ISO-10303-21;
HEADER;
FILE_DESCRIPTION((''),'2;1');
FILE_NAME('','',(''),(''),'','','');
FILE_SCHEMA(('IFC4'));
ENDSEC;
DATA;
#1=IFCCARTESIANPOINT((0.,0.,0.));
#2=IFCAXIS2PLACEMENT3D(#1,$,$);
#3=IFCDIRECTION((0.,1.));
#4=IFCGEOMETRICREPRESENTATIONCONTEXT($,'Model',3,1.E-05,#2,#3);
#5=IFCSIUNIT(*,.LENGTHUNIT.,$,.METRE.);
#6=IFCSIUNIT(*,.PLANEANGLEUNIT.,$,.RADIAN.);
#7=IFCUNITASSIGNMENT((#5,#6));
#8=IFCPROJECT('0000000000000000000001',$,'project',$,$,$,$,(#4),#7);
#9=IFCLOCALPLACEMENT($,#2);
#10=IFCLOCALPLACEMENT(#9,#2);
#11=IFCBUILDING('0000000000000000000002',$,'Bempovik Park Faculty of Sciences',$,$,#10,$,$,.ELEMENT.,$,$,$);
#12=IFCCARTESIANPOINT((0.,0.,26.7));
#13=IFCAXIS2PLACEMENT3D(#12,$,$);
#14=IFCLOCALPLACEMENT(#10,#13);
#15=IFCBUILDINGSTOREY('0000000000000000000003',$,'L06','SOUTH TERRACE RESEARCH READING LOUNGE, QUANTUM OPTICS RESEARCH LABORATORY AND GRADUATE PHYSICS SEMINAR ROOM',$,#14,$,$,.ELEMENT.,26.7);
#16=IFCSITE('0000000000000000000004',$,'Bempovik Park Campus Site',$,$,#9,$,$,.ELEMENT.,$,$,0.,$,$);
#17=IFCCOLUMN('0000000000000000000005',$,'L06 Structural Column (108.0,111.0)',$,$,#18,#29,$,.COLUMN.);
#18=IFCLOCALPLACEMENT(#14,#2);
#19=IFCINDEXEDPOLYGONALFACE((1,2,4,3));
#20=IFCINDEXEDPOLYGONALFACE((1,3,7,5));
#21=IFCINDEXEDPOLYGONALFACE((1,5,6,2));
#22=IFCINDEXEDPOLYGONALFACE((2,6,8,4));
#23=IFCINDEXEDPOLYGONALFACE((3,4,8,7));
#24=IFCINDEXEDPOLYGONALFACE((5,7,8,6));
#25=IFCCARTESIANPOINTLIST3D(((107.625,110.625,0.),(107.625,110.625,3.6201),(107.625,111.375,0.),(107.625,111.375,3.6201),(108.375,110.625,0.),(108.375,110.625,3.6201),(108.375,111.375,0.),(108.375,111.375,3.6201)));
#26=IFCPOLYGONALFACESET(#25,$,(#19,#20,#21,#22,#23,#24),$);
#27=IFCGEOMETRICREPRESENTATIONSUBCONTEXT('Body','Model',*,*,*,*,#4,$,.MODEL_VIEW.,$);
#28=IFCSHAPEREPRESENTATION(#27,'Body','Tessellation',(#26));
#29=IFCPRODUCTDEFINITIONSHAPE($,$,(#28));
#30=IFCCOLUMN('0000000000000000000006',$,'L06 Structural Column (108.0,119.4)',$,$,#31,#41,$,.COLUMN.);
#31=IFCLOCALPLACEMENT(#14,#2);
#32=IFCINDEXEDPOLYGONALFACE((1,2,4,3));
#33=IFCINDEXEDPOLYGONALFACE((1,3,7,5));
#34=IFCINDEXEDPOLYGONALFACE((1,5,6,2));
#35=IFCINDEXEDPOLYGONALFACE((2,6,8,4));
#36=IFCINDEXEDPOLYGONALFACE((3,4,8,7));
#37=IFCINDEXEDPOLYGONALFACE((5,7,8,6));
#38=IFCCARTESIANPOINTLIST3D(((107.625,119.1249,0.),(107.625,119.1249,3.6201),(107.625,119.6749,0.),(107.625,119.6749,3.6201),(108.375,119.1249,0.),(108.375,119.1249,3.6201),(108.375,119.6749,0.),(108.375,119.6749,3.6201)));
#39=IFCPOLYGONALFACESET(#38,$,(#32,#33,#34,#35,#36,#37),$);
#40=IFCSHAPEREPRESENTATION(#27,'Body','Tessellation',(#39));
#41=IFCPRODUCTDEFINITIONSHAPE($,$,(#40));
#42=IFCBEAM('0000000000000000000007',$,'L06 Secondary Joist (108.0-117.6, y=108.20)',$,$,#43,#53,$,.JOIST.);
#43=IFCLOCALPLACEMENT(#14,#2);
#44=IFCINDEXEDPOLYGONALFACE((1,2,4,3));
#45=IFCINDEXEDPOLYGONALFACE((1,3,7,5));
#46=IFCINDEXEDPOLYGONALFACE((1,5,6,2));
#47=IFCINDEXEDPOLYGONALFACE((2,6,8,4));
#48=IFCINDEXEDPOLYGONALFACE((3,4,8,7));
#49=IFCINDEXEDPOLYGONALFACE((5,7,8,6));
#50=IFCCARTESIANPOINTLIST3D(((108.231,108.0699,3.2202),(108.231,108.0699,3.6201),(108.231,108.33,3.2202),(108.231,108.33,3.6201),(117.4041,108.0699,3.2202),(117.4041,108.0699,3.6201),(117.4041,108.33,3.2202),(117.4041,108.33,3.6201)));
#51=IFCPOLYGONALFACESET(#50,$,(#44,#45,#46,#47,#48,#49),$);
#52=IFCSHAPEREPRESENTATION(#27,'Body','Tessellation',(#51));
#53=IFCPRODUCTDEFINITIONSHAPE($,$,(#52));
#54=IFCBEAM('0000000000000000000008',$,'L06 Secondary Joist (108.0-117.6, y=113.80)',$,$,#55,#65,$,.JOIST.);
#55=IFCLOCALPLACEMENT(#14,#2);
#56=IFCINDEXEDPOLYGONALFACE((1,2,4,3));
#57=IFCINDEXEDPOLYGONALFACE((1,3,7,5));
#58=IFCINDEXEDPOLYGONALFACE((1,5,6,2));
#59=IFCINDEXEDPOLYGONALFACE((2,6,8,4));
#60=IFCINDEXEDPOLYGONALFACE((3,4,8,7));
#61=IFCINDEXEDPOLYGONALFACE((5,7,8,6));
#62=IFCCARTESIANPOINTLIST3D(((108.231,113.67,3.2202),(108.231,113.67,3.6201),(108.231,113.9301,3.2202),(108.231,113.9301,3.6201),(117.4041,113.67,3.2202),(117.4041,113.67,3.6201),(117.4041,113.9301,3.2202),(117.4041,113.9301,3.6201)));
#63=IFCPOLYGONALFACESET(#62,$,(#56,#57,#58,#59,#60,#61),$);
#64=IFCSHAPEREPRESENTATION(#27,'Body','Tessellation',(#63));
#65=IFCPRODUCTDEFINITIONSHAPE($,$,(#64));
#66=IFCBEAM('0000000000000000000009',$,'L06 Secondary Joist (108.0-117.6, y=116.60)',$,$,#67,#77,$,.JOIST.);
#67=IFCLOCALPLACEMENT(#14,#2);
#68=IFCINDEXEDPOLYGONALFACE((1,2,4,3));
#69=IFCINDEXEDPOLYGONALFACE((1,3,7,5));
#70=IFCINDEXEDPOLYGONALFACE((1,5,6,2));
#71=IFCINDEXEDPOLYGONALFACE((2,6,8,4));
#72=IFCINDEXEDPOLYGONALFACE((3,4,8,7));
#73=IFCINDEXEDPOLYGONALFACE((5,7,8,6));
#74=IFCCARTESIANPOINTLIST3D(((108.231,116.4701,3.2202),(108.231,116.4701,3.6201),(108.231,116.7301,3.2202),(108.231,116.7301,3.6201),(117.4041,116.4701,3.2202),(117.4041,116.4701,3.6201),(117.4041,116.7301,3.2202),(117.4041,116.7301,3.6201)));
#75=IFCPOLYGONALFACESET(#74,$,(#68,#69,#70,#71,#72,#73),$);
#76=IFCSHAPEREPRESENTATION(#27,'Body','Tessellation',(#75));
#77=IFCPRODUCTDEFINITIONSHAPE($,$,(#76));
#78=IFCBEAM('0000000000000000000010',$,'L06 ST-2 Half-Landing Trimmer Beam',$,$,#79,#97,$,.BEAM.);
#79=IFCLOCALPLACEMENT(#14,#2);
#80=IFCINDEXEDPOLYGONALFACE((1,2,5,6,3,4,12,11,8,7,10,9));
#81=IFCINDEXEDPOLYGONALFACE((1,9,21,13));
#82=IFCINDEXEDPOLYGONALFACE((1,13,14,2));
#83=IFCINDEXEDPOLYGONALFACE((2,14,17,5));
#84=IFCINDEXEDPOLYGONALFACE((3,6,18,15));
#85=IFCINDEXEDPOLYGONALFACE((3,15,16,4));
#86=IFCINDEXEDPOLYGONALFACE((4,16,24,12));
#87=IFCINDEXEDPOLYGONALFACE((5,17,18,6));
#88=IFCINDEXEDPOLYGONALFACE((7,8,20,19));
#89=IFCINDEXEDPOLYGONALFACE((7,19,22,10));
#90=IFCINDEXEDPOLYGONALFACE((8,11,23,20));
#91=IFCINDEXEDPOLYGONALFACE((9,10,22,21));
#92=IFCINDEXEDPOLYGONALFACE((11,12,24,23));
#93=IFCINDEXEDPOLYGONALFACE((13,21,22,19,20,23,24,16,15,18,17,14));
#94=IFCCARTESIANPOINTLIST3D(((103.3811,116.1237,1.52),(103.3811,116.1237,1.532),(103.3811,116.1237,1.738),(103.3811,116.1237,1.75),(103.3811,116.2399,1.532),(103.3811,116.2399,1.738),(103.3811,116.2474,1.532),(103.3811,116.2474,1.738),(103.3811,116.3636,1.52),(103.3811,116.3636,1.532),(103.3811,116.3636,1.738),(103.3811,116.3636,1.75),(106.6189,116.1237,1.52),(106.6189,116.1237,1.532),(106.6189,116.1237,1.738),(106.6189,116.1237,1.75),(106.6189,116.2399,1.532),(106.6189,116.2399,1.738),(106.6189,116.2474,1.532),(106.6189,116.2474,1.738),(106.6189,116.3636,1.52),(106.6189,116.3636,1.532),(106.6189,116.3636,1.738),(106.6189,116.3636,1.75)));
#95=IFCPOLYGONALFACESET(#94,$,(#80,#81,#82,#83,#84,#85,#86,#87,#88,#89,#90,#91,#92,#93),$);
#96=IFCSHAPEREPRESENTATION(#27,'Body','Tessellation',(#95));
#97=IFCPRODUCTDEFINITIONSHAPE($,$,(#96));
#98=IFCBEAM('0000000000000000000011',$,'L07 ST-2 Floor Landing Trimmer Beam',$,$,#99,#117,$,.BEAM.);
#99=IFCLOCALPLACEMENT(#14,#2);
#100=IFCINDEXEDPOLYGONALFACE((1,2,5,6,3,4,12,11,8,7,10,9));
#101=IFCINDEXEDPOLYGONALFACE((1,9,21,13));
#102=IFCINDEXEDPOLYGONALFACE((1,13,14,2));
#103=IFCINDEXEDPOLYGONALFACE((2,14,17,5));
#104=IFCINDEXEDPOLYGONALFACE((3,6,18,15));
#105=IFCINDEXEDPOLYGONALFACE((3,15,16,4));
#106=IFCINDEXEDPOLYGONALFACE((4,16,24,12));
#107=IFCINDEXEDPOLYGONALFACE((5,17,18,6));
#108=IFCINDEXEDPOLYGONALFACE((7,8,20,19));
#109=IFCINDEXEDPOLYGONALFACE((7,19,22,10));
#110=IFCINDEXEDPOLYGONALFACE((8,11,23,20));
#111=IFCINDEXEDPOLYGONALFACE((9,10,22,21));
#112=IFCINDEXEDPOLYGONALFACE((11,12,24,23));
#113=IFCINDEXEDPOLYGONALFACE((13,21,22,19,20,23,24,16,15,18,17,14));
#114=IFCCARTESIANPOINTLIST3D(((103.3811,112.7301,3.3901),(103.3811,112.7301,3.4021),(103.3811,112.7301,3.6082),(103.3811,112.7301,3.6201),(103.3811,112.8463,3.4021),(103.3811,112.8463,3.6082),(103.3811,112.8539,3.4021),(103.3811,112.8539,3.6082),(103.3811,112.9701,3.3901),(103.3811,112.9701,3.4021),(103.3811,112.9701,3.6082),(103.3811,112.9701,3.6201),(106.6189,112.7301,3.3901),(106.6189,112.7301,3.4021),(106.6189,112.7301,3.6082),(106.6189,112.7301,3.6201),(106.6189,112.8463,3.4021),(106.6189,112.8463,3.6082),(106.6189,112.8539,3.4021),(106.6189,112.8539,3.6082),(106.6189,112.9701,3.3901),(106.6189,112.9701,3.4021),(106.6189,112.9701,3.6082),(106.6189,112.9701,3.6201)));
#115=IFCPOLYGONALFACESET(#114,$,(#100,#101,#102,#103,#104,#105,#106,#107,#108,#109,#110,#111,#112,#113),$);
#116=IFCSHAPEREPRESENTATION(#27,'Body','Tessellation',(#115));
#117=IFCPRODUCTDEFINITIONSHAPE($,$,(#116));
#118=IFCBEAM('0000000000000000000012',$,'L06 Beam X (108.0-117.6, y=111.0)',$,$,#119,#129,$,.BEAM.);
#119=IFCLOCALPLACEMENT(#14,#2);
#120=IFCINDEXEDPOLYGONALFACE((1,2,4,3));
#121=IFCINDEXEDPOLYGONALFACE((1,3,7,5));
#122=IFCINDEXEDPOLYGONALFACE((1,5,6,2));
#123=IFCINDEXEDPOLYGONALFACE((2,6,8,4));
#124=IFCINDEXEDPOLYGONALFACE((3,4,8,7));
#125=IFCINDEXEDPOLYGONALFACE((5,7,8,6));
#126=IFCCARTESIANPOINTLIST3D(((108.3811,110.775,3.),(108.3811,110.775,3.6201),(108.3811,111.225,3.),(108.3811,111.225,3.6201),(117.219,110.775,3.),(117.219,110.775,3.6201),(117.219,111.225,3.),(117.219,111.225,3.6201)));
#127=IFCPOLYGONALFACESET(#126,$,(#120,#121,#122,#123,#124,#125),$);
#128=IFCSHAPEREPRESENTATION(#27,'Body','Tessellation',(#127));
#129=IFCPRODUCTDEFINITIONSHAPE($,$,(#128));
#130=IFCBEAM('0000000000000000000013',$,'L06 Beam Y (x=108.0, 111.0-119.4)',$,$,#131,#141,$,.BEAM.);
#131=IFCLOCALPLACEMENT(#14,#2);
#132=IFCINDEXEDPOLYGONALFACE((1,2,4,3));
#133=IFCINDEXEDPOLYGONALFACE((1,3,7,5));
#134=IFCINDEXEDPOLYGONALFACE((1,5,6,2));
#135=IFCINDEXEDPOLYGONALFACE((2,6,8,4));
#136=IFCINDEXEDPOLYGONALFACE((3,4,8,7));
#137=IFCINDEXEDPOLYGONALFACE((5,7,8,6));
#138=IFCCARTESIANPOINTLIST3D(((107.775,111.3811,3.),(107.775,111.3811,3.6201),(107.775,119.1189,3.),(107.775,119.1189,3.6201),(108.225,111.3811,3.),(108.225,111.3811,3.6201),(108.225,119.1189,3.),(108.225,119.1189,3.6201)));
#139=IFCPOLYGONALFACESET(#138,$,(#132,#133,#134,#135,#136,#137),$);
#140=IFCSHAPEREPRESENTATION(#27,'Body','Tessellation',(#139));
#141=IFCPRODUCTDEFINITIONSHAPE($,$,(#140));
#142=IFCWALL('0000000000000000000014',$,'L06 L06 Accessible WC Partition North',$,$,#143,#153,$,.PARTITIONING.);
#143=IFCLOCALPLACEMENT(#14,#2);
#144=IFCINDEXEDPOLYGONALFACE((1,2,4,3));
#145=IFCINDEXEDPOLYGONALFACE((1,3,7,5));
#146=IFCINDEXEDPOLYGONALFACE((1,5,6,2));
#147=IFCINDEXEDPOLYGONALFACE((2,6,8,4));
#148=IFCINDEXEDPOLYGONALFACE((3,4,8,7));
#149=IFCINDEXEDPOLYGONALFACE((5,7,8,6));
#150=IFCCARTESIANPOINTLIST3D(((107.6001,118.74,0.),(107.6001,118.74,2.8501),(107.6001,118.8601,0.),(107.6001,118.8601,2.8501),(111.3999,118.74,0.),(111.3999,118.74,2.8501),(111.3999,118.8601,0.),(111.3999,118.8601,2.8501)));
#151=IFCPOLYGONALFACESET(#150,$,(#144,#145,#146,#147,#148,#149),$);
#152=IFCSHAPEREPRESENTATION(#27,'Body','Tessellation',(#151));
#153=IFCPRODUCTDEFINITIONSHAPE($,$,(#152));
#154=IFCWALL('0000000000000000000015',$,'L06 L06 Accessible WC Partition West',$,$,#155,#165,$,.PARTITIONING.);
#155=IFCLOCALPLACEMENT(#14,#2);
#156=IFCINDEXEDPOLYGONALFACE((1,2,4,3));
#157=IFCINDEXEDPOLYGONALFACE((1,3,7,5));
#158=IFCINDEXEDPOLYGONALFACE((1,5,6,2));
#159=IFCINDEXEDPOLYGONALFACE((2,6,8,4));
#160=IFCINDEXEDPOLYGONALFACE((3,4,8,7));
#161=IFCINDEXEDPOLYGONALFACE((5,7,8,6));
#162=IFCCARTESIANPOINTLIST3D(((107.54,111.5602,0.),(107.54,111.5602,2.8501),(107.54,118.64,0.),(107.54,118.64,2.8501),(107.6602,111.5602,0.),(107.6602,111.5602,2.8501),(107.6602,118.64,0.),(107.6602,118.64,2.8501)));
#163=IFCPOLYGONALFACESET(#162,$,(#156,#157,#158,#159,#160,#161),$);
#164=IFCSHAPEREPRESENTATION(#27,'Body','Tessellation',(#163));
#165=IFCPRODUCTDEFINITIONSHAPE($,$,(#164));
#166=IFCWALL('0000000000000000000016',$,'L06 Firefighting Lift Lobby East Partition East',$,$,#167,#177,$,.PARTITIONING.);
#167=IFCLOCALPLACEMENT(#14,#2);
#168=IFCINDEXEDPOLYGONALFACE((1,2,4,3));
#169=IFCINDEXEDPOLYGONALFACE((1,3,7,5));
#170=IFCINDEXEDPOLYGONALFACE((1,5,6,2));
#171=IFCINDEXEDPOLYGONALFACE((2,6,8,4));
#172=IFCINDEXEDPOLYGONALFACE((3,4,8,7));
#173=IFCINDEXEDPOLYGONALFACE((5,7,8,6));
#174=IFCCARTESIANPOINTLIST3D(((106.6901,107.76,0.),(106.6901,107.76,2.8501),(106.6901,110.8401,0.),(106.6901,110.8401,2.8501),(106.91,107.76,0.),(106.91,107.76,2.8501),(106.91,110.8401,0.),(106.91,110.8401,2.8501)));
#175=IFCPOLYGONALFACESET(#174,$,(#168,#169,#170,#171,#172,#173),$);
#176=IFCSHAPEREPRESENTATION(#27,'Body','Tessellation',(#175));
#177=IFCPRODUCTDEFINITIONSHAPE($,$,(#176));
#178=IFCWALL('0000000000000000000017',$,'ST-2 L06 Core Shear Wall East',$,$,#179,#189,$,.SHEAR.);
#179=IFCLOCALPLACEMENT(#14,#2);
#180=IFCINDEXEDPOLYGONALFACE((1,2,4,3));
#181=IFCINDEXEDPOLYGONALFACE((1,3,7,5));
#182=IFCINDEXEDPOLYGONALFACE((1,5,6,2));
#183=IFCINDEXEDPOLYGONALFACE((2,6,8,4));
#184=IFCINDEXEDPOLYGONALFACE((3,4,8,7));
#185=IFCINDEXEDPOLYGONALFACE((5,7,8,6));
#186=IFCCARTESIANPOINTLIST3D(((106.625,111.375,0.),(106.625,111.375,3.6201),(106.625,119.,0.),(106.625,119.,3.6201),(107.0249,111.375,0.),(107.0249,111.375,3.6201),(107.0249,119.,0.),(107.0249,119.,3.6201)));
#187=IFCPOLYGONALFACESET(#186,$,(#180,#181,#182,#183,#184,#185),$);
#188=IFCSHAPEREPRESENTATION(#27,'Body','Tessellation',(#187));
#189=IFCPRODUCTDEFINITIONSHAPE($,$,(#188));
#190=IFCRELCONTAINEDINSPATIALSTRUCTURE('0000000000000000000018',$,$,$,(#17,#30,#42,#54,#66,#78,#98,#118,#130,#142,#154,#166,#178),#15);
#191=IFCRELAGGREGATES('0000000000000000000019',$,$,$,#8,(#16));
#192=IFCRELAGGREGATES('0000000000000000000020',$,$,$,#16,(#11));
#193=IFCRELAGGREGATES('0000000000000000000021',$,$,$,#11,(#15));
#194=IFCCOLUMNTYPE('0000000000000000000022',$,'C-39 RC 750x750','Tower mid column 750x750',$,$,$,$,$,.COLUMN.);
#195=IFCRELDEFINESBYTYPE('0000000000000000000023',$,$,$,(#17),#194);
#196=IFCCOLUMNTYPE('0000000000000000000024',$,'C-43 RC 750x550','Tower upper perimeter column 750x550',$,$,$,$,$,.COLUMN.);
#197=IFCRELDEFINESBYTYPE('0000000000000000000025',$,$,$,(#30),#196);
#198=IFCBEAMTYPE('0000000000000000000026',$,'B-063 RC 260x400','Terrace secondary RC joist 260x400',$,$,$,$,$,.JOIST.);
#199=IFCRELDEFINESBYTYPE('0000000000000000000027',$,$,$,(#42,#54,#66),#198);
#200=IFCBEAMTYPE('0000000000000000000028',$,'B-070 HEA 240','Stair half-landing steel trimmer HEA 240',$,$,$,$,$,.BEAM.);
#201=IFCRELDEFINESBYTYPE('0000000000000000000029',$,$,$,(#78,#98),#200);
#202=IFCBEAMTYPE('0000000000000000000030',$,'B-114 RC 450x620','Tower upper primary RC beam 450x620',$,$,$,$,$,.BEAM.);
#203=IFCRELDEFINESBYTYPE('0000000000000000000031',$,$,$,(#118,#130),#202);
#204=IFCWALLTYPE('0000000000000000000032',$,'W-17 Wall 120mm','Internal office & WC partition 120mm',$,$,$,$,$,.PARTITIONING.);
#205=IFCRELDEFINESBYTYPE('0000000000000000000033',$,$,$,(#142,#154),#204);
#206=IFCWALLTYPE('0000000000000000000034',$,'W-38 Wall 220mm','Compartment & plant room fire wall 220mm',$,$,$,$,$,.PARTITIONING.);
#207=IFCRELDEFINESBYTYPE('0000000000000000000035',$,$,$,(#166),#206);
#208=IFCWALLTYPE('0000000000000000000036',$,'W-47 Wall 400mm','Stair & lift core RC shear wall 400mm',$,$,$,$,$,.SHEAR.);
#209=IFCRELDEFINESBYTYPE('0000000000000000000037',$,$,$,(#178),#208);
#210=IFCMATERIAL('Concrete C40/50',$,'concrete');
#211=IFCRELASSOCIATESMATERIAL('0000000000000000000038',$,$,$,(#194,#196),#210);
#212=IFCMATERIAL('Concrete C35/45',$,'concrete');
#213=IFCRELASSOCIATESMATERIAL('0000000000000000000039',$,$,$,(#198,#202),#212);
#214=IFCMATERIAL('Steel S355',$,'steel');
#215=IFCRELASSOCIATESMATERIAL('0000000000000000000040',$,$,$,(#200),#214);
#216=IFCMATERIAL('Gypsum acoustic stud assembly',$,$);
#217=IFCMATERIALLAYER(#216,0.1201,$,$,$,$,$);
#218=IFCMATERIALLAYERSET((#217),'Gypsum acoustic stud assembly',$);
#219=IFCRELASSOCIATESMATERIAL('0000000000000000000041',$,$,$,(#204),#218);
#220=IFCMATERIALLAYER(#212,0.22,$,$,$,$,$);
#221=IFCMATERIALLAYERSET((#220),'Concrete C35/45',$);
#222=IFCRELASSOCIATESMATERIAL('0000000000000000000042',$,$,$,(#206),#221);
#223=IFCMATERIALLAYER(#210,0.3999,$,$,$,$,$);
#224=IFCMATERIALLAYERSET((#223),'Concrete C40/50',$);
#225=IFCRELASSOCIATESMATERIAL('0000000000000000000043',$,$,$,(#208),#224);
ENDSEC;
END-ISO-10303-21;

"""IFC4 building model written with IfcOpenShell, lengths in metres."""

from ifc_helpers import new_model, si_unit, direction, frame, frame_2d, origin, origin_2d, place, context, subcontext, project, spatial, rectangle, i_section, extrude, material, layer, layer_set, material_profile, profile_set, type_object, element, save


model = new_model("IFC4")

# Units and contexts
model_context = context("Model", 3, precision=1e-05, world=origin(), true_north=direction((0.0, 1.0)))
body_context = subcontext(model_context, "Body", "Model", "MODEL_VIEW")
ifc_project = project(units=[si_unit("LENGTHUNIT", "METRE"), si_unit("PLANEANGLEUNIT", "RADIAN")], contexts=[model_context])

# Site, building, storey
site_placement = place(None, origin())
site = spatial("IfcSite", under=ifc_project, at=site_placement, Name="Bempovik Park Campus Site", CompositionType="ELEMENT", RefElevation=0.0)
building_placement = place(site_placement, origin())
building = spatial("IfcBuilding", under=site, at=building_placement, Name="Bempovik Park Faculty of Sciences", CompositionType="ELEMENT")
storey_placement = place(building_placement, frame((0.0, 0.0, 26.7)))
storey = spatial("IfcBuildingStorey", under=building, at=storey_placement, Name="L06", Description="SOUTH TERRACE RESEARCH READING LOUNGE, QUANTUM OPTICS RESEARCH LABORATORY AND GRADUATE PHYSICS SEMINAR ROOM", CompositionType="ELEMENT", Elevation=26.7)

# Columns
ifc_material_1 = material(Name="Concrete C40/50", Category="concrete")
ifc_material_profile_1 = material_profile(ifc_material_1, rectangle(XDim=0.75, YDim=0.75, at=origin_2d()), Name="RC 750x750")
ifc_profile_set_1 = profile_set([ifc_material_profile_1], Name="Concrete C40/50")
column_type_1 = type_object("IfcColumnType", Name="C-39 RC 750x750", Description="Tower mid column 750x750", PredefinedType="COLUMN", material=ifc_profile_set_1)
column_1_placement = place(storey_placement, frame((108.0, 111.0, 0.0), z_axis=(0.0, 0.0, 1.0), x_axis=(1.0, 0.0, 0.0)))
element("IfcColumn", 1, at=column_1_placement, inside=storey, type_object=column_type_1, Name="L06 Structural Column (108.0,111.0)", PredefinedType="COLUMN", context=body_context, shape_type="SweptSolid", body=[
    extrude(rectangle(XDim=0.75, YDim=0.75, at=origin_2d()), origin(), (0.0, 0.0, 1.0), 3.6201),
])
ifc_material_profile_2 = material_profile(ifc_material_1, rectangle(XDim=0.75, YDim=0.55, at=origin_2d()), Name="RC 750x550")
ifc_profile_set_2 = profile_set([ifc_material_profile_2], Name="Concrete C40/50")
column_type_2 = type_object("IfcColumnType", Name="C-43 RC 750x550", Description="Tower upper perimeter column 750x550", PredefinedType="COLUMN", material=ifc_profile_set_2)
column_2_placement = place(storey_placement, frame((108.0, 119.3999, 0.0), z_axis=(0.0, 0.0, 1.0), x_axis=(1.0, 0.0, 0.0)))
element("IfcColumn", 2, at=column_2_placement, inside=storey, type_object=column_type_2, Name="L06 Structural Column (108.0,119.4)", PredefinedType="COLUMN", context=body_context, shape_type="SweptSolid", body=[
    extrude(rectangle(XDim=0.75, YDim=0.55, at=origin_2d()), origin(), (0.0, 0.0, 1.0), 3.6201),
])

# Beams
ifc_material_2 = material(Name="Concrete C35/45", Category="concrete")
ifc_material_profile_3 = material_profile(ifc_material_2, rectangle(XDim=0.26, YDim=0.3999, at=origin_2d()), Name="RC 260x400")
ifc_profile_set_3 = profile_set([ifc_material_profile_3], Name="Concrete C35/45")
beam_type_1 = type_object("IfcBeamType", Name="B-063 RC 260x400", Description="Terrace secondary RC joist 260x400", PredefinedType="JOIST", material=ifc_profile_set_3)
for number, where, z_axis, x_axis, name in (
    (3, (108.231, 108.2, 3.4202), (1.0, 0.0, 0.0), (0.0, 1.0, 0.0), "L06 Secondary Joist (108.0-117.6, y=108.20)"),
    (4, (108.231, 113.8, 3.4202), (1.0, 0.0, 0.0), (0.0, 1.0, 0.0), "L06 Secondary Joist (108.0-117.6, y=113.80)"),
    (5, (108.231, 116.6001, 3.4202), (1.0, 0.0, 0.0), (0.0, 1.0, 0.0), "L06 Secondary Joist (108.0-117.6, y=116.60)"),
):
    element("IfcBeam", number, at=place(storey_placement, frame(where, z_axis=z_axis, x_axis=x_axis)), inside=storey, type_object=beam_type_1, Name=name, PredefinedType="JOIST", context=body_context, shape_type="SweptSolid", body=[
        extrude(rectangle(XDim=0.26, YDim=0.3999, at=origin_2d()), origin(), (0.0, 0.0, 1.0), 9.1731),
    ])
ifc_material_3 = material(Name="Steel S355", Category="steel")
ifc_material_profile_4 = material_profile(ifc_material_3, i_section(OverallWidth=0.24, OverallDepth=0.23, WebThickness=0.0076, FlangeThickness=0.012, at=origin_2d()), Name="HEA 240")
ifc_profile_set_4 = profile_set([ifc_material_profile_4], Name="Steel S355")
beam_type_2 = type_object("IfcBeamType", Name="B-070 HEA 240", Description="Stair half-landing steel trimmer HEA 240", PredefinedType="BEAM", material=ifc_profile_set_4)
for number, where, z_axis, x_axis, name in (
    (6, (103.3811, 116.2437, 1.635), (1.0, 0.0, 0.0), (0.0, 1.0, 0.0), "L06 ST-2 Half-Landing Trimmer Beam"),
    (7, (103.3811, 112.8501, 3.5051), (1.0, 0.0, 0.0), (0.0, 1.0, 0.0), "L07 ST-2 Floor Landing Trimmer Beam"),
):
    element("IfcBeam", number, at=place(storey_placement, frame(where, z_axis=z_axis, x_axis=x_axis)), inside=storey, type_object=beam_type_2, Name=name, PredefinedType="BEAM", context=body_context, shape_type="SweptSolid", body=[
        extrude(i_section(OverallWidth=0.24, OverallDepth=0.23, WebThickness=0.0076, FlangeThickness=0.012, at=origin_2d()), origin(), (0.0, 0.0, 1.0), 3.2378),
    ])
ifc_material_profile_5 = material_profile(ifc_material_2, rectangle(XDim=0.45, YDim=0.6201, at=origin_2d()), Name="RC 450x620")
ifc_profile_set_5 = profile_set([ifc_material_profile_5], Name="Concrete C35/45")
beam_type_3 = type_object("IfcBeamType", Name="B-114 RC 450x620", Description="Tower upper primary RC beam 450x620", PredefinedType="BEAM", material=ifc_profile_set_5)
beam_1_placement = place(storey_placement, frame((108.3811, 111.0, 3.3101), z_axis=(1.0, 0.0, 0.0), x_axis=(0.0, 1.0, 0.0)))
element("IfcBeam", 8, at=beam_1_placement, inside=storey, type_object=beam_type_3, Name="L06 Beam X (108.0-117.6, y=111.0)", PredefinedType="BEAM", context=body_context, shape_type="SweptSolid", body=[
    extrude(rectangle(XDim=0.45, YDim=0.6201, at=origin_2d()), origin(), (0.0, 0.0, 1.0), 8.8379),
])
beam_2_placement = place(storey_placement, frame((108.0, 111.3811, 3.3101), z_axis=(0.0, 1.0, 0.0), x_axis=(-1.0, 0.0, 0.0)))
element("IfcBeam", 9, at=beam_2_placement, inside=storey, type_object=beam_type_3, Name="L06 Beam Y (x=108.0, 111.0-119.4)", PredefinedType="BEAM", context=body_context, shape_type="SweptSolid", body=[
    extrude(rectangle(XDim=0.45, YDim=0.6201, at=origin_2d()), origin(), (0.0, 0.0, 1.0), 7.7378),
])

# Shared definitions
ifc_material_4 = material(Name="Gypsum acoustic stud assembly")
ifc_layer_1 = layer(ifc_material_4, 0.1201)
ifc_layer_set_1 = layer_set([ifc_layer_1], Name="Gypsum acoustic stud assembly")
wall_type_1 = type_object("IfcWallType", Name="W-17 Wall 120mm", Description="Internal office & WC partition 120mm", PredefinedType="PARTITIONING", material=ifc_layer_set_1)

# Walls
wall_1_placement = place(storey_placement, frame((107.6001, 118.8, 0.0), z_axis=(0.0, 0.0, 1.0), x_axis=(1.0, 0.0, 0.0)))
element("IfcWall", 10, at=wall_1_placement, inside=storey, type_object=wall_type_1, Name="L06 L06 Accessible WC Partition North", PredefinedType="PARTITIONING", context=body_context, shape_type="SweptSolid", body=[
    extrude(rectangle(XDim=3.7998, YDim=0.1201, at=frame_2d((1.8999, 0.0))), origin(), (0.0, 0.0, 1.0), 2.8501),
])
wall_2_placement = place(storey_placement, frame((107.6001, 111.5601, 0.0), z_axis=(0.0, 0.0, 1.0), x_axis=(0.0, 1.0, 0.0)))
element("IfcWall", 11, at=wall_2_placement, inside=storey, type_object=wall_type_1, Name="L06 L06 Accessible WC Partition West", PredefinedType="PARTITIONING", context=body_context, shape_type="SweptSolid", body=[
    extrude(rectangle(XDim=7.0798, YDim=0.1201, at=frame_2d((3.54, 0.0))), origin(), (0.0, 0.0, 1.0), 2.8501),
])
ifc_layer_2 = layer(ifc_material_2, 0.22)
ifc_layer_set_2 = layer_set([ifc_layer_2], Name="Concrete C35/45")
wall_type_2 = type_object("IfcWallType", Name="W-38 Wall 220mm", Description="Compartment & plant room fire wall 220mm", PredefinedType="PARTITIONING", material=ifc_layer_set_2)
wall_3_placement = place(storey_placement, frame((106.8, 107.76, 0.0), z_axis=(0.0, 0.0, 1.0), x_axis=(0.0, 1.0, 0.0)))
element("IfcWall", 12, at=wall_3_placement, inside=storey, type_object=wall_type_2, Name="L06 Firefighting Lift Lobby East Partition East", PredefinedType="PARTITIONING", context=body_context, shape_type="SweptSolid", body=[
    extrude(rectangle(XDim=3.0801, YDim=0.22, at=frame_2d((1.54, 0.0))), origin(), (0.0, 0.0, 1.0), 2.8501),
])
ifc_layer_3 = layer(ifc_material_1, 0.3999)
ifc_layer_set_3 = layer_set([ifc_layer_3], Name="Concrete C40/50")
wall_type_3 = type_object("IfcWallType", Name="W-47 Wall 400mm", Description="Stair & lift core RC shear wall 400mm", PredefinedType="SHEAR", material=ifc_layer_set_3)
wall_4_placement = place(storey_placement, frame((106.825, 111.375, 0.0), z_axis=(0.0, 0.0, 1.0), x_axis=(0.0, 1.0, 0.0)))
element("IfcWall", 13, at=wall_4_placement, inside=storey, type_object=wall_type_3, Name="ST-2 L06 Core Shear Wall East", PredefinedType="SHEAR", context=body_context, shape_type="SweptSolid", body=[
    extrude(rectangle(XDim=7.625, YDim=0.3999, at=frame_2d((3.8125, 0.0))), origin(), (0.0, 0.0, 1.0), 3.6201),
])

save(model, "model.ifc")
